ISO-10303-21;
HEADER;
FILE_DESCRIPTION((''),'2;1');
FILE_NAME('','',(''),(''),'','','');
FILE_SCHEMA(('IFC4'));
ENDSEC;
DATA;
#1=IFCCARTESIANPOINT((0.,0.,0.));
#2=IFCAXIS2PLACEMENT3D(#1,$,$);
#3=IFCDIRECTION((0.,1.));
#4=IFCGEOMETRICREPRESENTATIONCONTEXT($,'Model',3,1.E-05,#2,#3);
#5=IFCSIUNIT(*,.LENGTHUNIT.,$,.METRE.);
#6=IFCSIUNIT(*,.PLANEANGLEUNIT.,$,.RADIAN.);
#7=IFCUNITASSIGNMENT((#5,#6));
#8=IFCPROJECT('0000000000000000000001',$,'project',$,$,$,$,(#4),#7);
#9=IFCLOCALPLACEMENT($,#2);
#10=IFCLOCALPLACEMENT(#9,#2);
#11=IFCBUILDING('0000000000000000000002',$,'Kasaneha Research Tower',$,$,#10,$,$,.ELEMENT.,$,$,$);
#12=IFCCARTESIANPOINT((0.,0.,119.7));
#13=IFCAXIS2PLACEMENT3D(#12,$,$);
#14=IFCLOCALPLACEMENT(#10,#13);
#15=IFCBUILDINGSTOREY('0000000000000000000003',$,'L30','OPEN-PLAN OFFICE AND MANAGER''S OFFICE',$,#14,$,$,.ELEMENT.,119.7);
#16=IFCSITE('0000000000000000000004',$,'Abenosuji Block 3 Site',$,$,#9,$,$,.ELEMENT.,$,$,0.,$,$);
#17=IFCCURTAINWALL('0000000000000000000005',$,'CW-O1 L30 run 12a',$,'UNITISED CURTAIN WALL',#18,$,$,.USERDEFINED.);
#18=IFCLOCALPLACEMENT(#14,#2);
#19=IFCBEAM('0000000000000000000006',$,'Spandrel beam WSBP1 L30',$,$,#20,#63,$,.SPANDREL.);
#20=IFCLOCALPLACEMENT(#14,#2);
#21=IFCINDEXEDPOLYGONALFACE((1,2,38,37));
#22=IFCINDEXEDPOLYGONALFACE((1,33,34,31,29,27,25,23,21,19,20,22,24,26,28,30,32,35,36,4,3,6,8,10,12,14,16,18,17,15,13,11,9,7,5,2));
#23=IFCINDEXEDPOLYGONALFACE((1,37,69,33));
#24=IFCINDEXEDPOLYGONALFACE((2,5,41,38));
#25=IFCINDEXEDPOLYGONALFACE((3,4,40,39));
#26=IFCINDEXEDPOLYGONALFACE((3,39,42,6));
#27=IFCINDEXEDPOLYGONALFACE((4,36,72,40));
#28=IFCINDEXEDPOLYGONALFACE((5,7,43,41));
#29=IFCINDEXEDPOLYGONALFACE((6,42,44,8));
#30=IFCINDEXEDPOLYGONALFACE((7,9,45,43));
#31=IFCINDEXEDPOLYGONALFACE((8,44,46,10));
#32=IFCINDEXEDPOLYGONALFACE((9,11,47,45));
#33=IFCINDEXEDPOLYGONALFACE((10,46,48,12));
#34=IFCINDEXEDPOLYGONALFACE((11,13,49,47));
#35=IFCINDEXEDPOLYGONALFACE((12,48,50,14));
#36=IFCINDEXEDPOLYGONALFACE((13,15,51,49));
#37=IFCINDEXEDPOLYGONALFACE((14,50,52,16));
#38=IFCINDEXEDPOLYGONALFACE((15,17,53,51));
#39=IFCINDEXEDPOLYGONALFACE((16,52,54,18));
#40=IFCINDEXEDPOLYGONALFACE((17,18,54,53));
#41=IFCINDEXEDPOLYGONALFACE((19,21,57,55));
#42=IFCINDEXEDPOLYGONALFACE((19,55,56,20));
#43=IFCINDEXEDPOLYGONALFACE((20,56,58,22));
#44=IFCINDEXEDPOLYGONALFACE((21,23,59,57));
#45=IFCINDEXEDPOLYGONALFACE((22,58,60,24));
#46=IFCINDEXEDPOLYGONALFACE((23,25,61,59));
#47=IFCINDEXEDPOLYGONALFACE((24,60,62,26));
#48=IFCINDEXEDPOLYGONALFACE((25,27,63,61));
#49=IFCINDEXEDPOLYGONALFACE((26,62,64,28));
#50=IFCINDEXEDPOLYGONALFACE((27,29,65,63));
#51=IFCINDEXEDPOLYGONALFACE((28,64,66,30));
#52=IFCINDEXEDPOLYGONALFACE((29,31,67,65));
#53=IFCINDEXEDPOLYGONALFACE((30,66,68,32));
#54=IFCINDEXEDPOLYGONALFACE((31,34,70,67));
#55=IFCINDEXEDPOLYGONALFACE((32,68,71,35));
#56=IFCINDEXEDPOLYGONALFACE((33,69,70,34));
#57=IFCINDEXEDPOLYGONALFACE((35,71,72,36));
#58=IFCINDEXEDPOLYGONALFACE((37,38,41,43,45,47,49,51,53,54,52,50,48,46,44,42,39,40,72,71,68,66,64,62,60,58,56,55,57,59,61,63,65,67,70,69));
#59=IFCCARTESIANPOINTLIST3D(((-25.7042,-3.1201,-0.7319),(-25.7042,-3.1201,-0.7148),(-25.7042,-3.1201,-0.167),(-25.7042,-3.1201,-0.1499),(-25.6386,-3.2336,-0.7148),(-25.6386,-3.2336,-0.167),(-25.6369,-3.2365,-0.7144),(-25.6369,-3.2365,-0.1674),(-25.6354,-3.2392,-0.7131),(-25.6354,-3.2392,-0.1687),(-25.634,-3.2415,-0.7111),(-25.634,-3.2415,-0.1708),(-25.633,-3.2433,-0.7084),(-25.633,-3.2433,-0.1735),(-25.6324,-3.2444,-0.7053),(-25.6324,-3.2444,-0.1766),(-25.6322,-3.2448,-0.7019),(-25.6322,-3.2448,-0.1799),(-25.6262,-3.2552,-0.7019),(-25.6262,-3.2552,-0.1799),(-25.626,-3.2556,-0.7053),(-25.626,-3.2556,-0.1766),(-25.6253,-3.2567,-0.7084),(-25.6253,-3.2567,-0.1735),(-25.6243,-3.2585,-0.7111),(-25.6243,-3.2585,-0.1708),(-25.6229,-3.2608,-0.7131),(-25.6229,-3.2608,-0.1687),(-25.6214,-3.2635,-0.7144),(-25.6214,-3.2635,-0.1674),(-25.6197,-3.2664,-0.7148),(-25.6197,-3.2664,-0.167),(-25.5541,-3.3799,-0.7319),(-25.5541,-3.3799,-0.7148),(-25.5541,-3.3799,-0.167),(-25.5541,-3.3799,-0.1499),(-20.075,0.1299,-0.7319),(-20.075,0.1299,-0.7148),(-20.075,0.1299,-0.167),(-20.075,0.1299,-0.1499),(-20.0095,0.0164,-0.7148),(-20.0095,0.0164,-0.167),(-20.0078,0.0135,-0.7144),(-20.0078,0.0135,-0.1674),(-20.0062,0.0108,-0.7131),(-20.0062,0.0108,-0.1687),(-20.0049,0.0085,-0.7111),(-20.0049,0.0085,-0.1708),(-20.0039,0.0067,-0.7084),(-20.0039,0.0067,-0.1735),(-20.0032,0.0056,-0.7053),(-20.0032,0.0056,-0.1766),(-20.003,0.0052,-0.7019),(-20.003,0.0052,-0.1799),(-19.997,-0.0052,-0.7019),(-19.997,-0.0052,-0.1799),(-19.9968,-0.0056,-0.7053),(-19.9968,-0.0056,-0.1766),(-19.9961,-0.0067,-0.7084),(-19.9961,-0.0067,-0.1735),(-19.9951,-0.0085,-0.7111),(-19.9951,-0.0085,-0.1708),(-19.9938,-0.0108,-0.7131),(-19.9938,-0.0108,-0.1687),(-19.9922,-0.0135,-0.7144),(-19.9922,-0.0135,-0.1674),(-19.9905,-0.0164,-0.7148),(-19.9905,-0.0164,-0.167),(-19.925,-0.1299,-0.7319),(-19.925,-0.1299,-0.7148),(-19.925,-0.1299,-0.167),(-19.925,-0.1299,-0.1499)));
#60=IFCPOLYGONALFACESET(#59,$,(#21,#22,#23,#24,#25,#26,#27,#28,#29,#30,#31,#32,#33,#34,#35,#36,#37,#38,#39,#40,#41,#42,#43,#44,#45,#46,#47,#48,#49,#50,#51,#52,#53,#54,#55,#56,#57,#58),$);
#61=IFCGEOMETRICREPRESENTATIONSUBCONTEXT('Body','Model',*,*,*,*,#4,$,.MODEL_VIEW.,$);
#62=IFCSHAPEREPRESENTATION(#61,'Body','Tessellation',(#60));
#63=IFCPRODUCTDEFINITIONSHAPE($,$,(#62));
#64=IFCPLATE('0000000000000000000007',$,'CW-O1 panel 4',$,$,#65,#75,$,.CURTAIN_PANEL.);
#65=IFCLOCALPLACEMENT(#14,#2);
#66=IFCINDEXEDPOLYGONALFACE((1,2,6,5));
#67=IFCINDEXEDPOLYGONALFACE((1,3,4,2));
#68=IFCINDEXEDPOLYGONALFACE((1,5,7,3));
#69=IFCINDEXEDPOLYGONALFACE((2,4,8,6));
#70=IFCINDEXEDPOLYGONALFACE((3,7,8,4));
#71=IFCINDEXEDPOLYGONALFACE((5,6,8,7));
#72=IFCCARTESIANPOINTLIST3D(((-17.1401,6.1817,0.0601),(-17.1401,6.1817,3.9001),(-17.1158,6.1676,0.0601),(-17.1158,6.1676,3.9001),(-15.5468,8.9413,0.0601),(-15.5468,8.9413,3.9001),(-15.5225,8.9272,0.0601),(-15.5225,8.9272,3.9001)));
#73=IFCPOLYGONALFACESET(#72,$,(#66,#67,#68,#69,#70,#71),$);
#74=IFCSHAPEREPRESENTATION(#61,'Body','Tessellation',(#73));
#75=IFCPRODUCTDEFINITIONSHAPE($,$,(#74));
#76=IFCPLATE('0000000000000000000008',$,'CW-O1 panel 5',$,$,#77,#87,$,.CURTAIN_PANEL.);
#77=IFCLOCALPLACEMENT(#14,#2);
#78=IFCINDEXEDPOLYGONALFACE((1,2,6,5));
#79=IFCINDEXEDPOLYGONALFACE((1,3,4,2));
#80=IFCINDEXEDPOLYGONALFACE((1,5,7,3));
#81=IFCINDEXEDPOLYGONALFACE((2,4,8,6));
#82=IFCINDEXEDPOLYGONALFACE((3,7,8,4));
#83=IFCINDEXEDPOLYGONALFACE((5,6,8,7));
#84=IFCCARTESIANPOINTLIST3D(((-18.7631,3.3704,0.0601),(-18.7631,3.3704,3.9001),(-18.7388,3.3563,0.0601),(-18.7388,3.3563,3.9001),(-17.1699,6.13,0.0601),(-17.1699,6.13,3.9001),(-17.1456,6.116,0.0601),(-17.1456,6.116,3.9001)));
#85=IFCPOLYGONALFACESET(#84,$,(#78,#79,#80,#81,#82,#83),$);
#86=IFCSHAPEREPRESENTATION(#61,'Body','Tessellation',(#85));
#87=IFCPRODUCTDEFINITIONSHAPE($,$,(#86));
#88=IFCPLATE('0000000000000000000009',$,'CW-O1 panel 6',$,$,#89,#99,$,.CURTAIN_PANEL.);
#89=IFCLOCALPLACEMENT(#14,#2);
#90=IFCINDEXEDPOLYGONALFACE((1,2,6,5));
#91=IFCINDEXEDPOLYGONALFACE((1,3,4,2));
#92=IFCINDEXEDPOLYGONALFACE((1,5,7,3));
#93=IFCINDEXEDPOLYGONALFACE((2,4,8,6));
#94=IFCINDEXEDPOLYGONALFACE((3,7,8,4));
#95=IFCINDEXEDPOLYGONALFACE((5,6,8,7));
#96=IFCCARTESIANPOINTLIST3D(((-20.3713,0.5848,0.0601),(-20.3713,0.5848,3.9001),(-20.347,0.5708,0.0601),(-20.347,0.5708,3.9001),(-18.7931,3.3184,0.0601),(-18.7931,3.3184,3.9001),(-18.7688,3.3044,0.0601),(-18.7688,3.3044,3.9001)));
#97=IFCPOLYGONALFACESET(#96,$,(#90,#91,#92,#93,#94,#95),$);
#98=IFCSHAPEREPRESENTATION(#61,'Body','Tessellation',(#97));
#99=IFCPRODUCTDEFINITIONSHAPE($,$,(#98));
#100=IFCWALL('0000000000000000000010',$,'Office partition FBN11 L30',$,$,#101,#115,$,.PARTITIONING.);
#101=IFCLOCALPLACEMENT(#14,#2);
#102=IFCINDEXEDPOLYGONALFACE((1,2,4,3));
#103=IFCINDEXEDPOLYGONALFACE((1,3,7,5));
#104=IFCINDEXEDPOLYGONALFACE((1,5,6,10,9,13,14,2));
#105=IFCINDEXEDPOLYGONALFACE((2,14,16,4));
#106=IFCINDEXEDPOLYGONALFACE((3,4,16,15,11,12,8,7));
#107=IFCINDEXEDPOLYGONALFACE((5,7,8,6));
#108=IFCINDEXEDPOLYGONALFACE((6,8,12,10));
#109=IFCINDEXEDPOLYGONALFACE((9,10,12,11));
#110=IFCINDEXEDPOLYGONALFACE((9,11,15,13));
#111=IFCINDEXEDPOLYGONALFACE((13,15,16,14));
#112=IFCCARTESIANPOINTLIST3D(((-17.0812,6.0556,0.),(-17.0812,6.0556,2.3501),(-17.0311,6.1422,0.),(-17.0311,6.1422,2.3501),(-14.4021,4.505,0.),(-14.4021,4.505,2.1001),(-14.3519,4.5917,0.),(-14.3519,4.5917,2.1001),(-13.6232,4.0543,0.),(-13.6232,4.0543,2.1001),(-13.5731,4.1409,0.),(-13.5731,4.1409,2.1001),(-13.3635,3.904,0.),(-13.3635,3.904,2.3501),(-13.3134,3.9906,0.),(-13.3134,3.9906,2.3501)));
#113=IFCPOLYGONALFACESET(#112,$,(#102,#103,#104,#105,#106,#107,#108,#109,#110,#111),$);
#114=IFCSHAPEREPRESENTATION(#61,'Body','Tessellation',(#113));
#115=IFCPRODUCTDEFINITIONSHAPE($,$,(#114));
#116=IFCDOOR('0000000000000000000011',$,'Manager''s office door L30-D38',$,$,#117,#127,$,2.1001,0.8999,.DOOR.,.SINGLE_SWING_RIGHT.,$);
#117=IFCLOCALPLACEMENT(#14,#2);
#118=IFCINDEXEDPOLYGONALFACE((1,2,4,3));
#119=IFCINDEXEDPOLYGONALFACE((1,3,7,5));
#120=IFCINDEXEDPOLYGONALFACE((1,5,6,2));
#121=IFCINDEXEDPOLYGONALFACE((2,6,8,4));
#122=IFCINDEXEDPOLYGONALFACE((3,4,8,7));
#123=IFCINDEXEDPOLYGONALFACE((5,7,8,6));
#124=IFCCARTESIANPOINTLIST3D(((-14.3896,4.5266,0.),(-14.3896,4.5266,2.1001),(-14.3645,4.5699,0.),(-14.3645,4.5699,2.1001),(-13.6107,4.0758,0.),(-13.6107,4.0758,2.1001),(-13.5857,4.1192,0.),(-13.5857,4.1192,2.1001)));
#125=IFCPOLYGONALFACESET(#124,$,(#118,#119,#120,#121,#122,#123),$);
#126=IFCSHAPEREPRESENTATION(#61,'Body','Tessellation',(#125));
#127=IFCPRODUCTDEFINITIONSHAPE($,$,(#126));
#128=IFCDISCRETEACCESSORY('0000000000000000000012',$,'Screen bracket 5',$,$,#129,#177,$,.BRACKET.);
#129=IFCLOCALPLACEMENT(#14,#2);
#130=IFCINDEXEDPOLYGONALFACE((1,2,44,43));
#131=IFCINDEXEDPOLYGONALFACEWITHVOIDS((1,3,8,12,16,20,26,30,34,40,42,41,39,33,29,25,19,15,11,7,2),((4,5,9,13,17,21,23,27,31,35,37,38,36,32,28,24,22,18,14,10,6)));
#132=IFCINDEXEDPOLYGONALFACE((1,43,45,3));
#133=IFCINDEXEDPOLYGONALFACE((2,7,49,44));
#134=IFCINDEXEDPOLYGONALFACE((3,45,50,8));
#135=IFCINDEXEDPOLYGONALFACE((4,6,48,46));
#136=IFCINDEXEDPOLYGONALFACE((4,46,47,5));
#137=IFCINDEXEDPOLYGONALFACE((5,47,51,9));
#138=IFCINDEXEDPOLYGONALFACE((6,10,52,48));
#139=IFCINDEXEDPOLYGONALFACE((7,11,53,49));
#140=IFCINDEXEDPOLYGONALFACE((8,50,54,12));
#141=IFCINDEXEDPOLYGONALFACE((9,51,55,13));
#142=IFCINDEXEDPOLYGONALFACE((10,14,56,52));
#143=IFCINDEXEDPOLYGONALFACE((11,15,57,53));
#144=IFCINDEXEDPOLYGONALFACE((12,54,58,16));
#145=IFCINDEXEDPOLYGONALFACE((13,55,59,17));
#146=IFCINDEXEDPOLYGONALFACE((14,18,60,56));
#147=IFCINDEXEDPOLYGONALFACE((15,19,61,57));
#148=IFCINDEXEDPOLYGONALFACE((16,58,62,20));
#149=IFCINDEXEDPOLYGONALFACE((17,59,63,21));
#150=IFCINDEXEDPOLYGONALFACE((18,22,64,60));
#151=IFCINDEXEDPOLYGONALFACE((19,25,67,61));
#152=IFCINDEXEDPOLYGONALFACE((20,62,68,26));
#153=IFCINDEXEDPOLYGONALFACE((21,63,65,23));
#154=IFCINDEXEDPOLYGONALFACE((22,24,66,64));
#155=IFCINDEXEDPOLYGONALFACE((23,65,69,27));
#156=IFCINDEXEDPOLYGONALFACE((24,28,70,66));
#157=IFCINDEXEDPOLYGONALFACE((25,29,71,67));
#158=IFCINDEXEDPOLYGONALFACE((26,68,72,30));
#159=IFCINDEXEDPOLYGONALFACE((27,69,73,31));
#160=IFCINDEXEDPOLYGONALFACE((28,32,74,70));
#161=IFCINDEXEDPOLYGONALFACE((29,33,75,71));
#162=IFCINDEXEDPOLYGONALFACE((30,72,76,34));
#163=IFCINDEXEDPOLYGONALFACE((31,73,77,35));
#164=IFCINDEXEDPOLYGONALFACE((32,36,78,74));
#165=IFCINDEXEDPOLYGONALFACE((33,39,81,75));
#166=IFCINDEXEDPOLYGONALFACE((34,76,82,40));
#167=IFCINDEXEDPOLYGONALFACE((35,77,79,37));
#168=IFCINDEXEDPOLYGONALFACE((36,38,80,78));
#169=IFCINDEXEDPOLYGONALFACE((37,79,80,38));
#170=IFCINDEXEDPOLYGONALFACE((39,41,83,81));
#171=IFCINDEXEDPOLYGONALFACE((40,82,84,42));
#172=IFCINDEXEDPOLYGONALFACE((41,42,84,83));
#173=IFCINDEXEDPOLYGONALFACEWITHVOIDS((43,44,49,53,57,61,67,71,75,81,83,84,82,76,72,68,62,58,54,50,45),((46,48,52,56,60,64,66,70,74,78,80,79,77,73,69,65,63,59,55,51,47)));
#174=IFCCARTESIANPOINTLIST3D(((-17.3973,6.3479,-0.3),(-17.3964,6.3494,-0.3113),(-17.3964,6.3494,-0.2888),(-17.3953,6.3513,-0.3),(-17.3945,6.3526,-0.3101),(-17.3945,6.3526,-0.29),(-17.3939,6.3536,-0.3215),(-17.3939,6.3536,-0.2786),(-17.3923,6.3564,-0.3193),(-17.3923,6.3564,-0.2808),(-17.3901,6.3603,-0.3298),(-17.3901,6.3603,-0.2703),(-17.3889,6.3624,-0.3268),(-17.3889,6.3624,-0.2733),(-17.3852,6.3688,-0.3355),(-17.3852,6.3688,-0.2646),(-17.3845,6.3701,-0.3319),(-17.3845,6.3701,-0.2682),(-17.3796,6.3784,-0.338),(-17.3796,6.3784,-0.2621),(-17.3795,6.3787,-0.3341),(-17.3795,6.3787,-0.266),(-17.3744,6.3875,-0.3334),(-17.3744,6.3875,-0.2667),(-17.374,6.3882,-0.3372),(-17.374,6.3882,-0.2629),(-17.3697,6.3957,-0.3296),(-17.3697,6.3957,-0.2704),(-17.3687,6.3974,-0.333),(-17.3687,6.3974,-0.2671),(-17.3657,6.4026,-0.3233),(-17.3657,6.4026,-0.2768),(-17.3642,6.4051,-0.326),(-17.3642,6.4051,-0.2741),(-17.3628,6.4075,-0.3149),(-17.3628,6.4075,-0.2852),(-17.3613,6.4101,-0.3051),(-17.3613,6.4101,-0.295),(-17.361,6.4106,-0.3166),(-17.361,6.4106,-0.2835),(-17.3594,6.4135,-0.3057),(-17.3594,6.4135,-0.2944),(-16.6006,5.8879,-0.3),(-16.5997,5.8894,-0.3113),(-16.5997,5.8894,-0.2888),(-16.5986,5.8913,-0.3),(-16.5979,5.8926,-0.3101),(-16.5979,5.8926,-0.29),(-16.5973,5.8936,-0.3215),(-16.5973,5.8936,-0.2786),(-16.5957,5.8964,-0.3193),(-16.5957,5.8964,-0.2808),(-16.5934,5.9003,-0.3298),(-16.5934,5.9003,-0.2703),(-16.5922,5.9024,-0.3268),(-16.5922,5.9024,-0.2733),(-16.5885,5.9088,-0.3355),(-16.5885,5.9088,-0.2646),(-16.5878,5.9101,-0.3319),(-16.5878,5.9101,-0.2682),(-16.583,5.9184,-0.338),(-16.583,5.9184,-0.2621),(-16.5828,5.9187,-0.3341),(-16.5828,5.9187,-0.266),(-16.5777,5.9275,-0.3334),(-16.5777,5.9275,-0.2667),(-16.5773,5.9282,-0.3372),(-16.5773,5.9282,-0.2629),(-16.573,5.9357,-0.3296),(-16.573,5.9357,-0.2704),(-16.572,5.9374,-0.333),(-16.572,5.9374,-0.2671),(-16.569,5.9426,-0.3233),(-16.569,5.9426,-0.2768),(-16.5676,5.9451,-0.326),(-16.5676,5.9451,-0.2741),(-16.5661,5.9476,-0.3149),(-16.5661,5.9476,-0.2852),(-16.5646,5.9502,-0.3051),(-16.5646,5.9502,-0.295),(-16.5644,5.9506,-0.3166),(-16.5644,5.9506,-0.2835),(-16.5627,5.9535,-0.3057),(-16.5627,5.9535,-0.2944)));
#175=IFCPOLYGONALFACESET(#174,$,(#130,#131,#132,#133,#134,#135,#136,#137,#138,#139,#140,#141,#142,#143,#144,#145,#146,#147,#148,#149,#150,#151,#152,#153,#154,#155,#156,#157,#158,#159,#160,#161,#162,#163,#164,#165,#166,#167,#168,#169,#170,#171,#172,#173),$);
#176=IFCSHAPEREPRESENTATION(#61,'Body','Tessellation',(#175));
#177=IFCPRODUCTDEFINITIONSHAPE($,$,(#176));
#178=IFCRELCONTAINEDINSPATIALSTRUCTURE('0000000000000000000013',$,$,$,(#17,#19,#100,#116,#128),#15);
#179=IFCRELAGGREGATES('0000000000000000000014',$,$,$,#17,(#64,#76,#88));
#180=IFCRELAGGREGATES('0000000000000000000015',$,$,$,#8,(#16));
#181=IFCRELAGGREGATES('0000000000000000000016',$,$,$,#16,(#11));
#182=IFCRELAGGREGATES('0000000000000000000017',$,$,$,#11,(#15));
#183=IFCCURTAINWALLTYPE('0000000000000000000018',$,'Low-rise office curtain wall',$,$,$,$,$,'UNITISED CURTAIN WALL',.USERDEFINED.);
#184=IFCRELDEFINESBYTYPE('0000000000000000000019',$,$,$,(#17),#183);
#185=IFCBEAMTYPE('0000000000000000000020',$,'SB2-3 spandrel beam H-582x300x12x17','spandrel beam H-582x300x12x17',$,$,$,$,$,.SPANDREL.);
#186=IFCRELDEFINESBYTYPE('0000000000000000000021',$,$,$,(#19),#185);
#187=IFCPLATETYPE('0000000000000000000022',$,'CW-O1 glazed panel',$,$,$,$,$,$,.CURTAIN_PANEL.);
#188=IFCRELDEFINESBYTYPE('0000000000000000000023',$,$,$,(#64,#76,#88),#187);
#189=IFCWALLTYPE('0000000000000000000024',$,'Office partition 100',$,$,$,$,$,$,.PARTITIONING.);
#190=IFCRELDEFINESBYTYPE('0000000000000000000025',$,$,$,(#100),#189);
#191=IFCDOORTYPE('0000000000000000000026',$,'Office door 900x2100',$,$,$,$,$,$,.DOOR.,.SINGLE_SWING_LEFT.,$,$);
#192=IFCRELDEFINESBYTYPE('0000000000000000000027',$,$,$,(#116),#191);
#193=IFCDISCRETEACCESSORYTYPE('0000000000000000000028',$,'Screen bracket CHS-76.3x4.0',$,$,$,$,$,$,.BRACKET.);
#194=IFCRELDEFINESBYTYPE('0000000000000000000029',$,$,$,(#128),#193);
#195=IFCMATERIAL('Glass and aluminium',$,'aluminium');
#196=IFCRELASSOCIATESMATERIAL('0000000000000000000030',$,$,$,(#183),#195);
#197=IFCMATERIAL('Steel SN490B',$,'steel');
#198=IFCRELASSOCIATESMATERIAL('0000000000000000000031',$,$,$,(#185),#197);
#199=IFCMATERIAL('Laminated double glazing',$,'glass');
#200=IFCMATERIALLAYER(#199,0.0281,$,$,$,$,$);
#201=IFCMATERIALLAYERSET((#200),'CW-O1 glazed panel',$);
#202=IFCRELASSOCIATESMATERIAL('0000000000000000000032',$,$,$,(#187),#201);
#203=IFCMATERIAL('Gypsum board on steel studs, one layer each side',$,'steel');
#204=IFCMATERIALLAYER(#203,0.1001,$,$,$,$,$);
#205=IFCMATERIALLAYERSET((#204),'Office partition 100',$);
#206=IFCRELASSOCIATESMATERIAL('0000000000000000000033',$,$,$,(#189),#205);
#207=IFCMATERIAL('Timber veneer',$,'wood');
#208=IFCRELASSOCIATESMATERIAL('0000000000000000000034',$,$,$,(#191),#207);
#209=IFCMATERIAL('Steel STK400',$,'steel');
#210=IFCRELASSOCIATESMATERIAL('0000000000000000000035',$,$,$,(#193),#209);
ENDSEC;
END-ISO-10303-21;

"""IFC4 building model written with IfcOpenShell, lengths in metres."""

from ifc_helpers import new_model, si_unit, direction, frame, frame_2d, origin, origin_2d, place, context, subcontext, project, spatial, rectangle, hollow_circle, i_section, extrude, material, layer, layer_set, material_profile, profile_set, type_object, element, fill, aggregate, save


model = new_model("IFC4")

# Units and contexts
model_context = context("Model", 3, precision=1e-05, world=origin(), true_north=direction((0.0, 1.0)))
body_context = subcontext(model_context, "Body", "Model", "MODEL_VIEW")
ifc_project = project(units=[si_unit("LENGTHUNIT", "METRE"), si_unit("PLANEANGLEUNIT", "RADIAN")], contexts=[model_context])

# Site, building, storey
site_placement = place(None, origin())
site = spatial("IfcSite", under=ifc_project, at=site_placement, Name="Abenosuji Block 3 Site", CompositionType="ELEMENT", RefElevation=0.0)
building_placement = place(site_placement, origin())
building = spatial("IfcBuilding", under=site, at=building_placement, Name="Kasaneha Research Tower", CompositionType="ELEMENT")
storey_placement = place(building_placement, frame((0.0, 0.0, 119.7)))
storey = spatial("IfcBuildingStorey", under=building, at=storey_placement, Name="L30", Description="OPEN-PLAN OFFICE AND MANAGER'S OFFICE", CompositionType="ELEMENT", Elevation=119.7)

# Curtain wall
ifc_material_1 = material(Name="Glass and aluminium", Category="aluminium")
curtain_wall_type = type_object("IfcCurtainWallType", Name="Low-rise office curtain wall", ElementType="UNITISED CURTAIN WALL", PredefinedType="USERDEFINED", material=ifc_material_1)
curtain_wall_1_placement = place(storey_placement, origin())
curtain_wall_1 = element("IfcCurtainWall", 1, at=curtain_wall_1_placement, inside=storey, type_object=curtain_wall_type, Name="CW-O1 L30 run 12a", ObjectType="UNITISED CURTAIN WALL", PredefinedType="USERDEFINED")

# Beam
ifc_material_2 = material(Name="Steel SN490B", Category="steel")
ifc_material_profile_1 = material_profile(ifc_material_2, i_section(OverallWidth=0.3, OverallDepth=0.582, WebThickness=0.012, FlangeThickness=0.0171, FilletRadius=0.0129, at=origin_2d()), Name="H-582x300x12x17")
ifc_profile_set_1 = profile_set([ifc_material_profile_1], Name="Steel SN490B")
beam_type_1 = type_object("IfcBeamType", Name="SB2-3 spandrel beam H-582x300x12x17", Description="spandrel beam H-582x300x12x17", PredefinedType="SPANDREL", material=ifc_profile_set_1)
beam_1_placement = place(storey_placement, frame((-20.0, 0.0, -0.4409), z_axis=(-0.866025, -0.500001, 0.0), x_axis=(0.500001, -0.866025, 0.0)))
element("IfcBeam", 2, at=beam_1_placement, inside=storey, type_object=beam_type_1, Name="Spandrel beam WSBP1 L30", PredefinedType="SPANDREL", context=body_context, shape_type="SweptSolid", body=[
    extrude(i_section(OverallWidth=0.3, OverallDepth=0.582, WebThickness=0.012, FlangeThickness=0.0171, FilletRadius=0.0129, at=origin_2d()), origin(), (0.0, 0.0, 1.0), 6.5),
])

# Plates
ifc_material_3 = material(Name="Laminated double glazing", Category="glass")
ifc_layer_1 = layer(ifc_material_3, 0.0281)
ifc_layer_set_1 = layer_set([ifc_layer_1], Name="CW-O1 glazed panel")
plate_type = type_object("IfcPlateType", Name="CW-O1 glazed panel", PredefinedType="CURTAIN_PANEL", material=ifc_layer_set_1)
plate_1_placement = place(storey_placement, frame((-16.3313, 7.5544, 0.0601), z_axis=(0.0, 0.0, 1.0), x_axis=(-0.5, -0.866025, 0.0)))
plate_1 = element("IfcPlate", 3, at=plate_1_placement, type_object=plate_type, Name="CW-O1 panel 4", PredefinedType="CURTAIN_PANEL", context=body_context, shape_type="SweptSolid", body=[
    extrude(rectangle(XDim=3.1865, YDim=0.0281, at=origin_2d()), origin(), (0.0, 0.0, 1.0), 3.8401),
])
plate_2_placement = place(storey_placement, frame((-17.9543, 4.7432, 0.0601), z_axis=(0.0, 0.0, 1.0), x_axis=(-0.5, -0.866025, 0.0)))
plate_2 = element("IfcPlate", 4, at=plate_2_placement, type_object=plate_type, Name="CW-O1 panel 5", PredefinedType="CURTAIN_PANEL", context=body_context, shape_type="SweptSolid", body=[
    extrude(rectangle(XDim=3.1865, YDim=0.0281, at=origin_2d()), origin(), (0.0, 0.0, 1.0), 3.8401),
])
plate_3_placement = place(storey_placement, frame((-19.5701, 1.9446, 0.0601), z_axis=(0.0, 0.0, 1.0), x_axis=(-0.5, -0.866025, 0.0)))
plate_3 = element("IfcPlate", 5, at=plate_3_placement, type_object=plate_type, Name="CW-O1 panel 6", PredefinedType="CURTAIN_PANEL", context=body_context, shape_type="SweptSolid", body=[
    extrude(rectangle(XDim=3.1565, YDim=0.0281, at=origin_2d()), origin(), (0.0, 0.0, 1.0), 3.8401),
])
aggregate(curtain_wall_1, [plate_1, plate_2, plate_3])

# Wall, opening, door
ifc_material_4 = material(Name="Gypsum board on steel studs, one layer each side", Category="steel")
ifc_layer_2 = layer(ifc_material_4, 0.1001)
ifc_layer_set_2 = layer_set([ifc_layer_2], Name="Office partition 100")
wall_type = type_object("IfcWallType", Name="Office partition 100", PredefinedType="PARTITIONING", material=ifc_layer_set_2)
wall_placement = place(storey_placement, frame((-17.0562, 6.0989, 0.0), z_axis=(0.0, 0.0, 1.0), x_axis=(0.865505, -0.5009, 0.0)))
wall = element("IfcWall", 6, at=wall_placement, inside=storey, type_object=wall_type, Name="Office partition FBN11 L30", PredefinedType="PARTITIONING", context=body_context, shape_type="SweptSolid", body=[
    extrude(rectangle(XDim=4.2954, YDim=0.1001, at=frame_2d((2.1477, 0.0))), origin(), (0.0, 0.0, 1.0), 2.3501),
])
opening_placement = place(wall_placement, frame((3.0955, 0.0, 0.0)))
opening = element("IfcOpeningElement", 7, at=opening_placement, cuts=wall, PredefinedType="OPENING", context=body_context, shape_type="SweptSolid", body=[
    extrude(rectangle(XDim=0.8999, YDim=2.1001, at=frame_2d((0.45, 1.05))), frame((0.0, 0.0601, 0.0), z_axis=(0.0, -1.0, 0.0), x_axis=(1.0, 0.0, 0.0)), (0.0, 0.0, 1.0), 0.1201),
])
ifc_material_5 = material(Name="Timber veneer", Category="wood")
door_type = type_object("IfcDoorType", Name="Office door 900x2100", OperationType="SINGLE_SWING_LEFT", PredefinedType="DOOR", material=ifc_material_5)
door_placement = place(opening_placement, origin())
door = element("IfcDoor", 8, at=door_placement, inside=storey, type_object=door_type, Name="Manager's office door L30-D38", OperationType="SINGLE_SWING_RIGHT", OverallHeight=2.1001, OverallWidth=0.8999, PredefinedType="DOOR", context=body_context, shape_type="SweptSolid", body=[
    extrude(rectangle(XDim=0.8999, YDim=2.1001, at=frame_2d((0.45, 1.05))), frame((0.0, 0.0249, 0.0), z_axis=(0.0, -1.0, 0.0), x_axis=(1.0, 0.0, 0.0)), (0.0, 0.0, 1.0), 0.05),
])
fill(opening, door)

# Discrete accessory
ifc_material_6 = material(Name="Steel STK400", Category="steel")
ifc_material_profile_2 = material_profile(ifc_material_6, hollow_circle(Radius=0.0381, WallThickness=0.0039, at=origin_2d()), Name="CHS-76.3x4.0")
ifc_profile_set_2 = profile_set([ifc_material_profile_2], Name="Steel STK400")
discrete_accessory_type = type_object("IfcDiscreteAccessoryType", Name="Screen bracket CHS-76.3x4.0", PredefinedType="BRACKET", material=ifc_profile_set_2)
for number, where, z_axis, x_axis, name in (
    (9, (-16.5815, 5.9209, -0.3), (-0.866013, 0.500021, 0.0), (-0.500021, -0.866013, 0.0), "Screen bracket 5"),
):
    element("IfcDiscreteAccessory", number, at=place(storey_placement, frame(where, z_axis=z_axis, x_axis=x_axis)), inside=storey, type_object=discrete_accessory_type, Name=name, PredefinedType="BRACKET", context=body_context, shape_type="SweptSolid", body=[
        extrude(hollow_circle(Radius=0.0381, WallThickness=0.0039, at=origin_2d()), origin(), (0.0, 0.0, 1.0), 0.9199),
    ])

save(model, "model.ifc")
